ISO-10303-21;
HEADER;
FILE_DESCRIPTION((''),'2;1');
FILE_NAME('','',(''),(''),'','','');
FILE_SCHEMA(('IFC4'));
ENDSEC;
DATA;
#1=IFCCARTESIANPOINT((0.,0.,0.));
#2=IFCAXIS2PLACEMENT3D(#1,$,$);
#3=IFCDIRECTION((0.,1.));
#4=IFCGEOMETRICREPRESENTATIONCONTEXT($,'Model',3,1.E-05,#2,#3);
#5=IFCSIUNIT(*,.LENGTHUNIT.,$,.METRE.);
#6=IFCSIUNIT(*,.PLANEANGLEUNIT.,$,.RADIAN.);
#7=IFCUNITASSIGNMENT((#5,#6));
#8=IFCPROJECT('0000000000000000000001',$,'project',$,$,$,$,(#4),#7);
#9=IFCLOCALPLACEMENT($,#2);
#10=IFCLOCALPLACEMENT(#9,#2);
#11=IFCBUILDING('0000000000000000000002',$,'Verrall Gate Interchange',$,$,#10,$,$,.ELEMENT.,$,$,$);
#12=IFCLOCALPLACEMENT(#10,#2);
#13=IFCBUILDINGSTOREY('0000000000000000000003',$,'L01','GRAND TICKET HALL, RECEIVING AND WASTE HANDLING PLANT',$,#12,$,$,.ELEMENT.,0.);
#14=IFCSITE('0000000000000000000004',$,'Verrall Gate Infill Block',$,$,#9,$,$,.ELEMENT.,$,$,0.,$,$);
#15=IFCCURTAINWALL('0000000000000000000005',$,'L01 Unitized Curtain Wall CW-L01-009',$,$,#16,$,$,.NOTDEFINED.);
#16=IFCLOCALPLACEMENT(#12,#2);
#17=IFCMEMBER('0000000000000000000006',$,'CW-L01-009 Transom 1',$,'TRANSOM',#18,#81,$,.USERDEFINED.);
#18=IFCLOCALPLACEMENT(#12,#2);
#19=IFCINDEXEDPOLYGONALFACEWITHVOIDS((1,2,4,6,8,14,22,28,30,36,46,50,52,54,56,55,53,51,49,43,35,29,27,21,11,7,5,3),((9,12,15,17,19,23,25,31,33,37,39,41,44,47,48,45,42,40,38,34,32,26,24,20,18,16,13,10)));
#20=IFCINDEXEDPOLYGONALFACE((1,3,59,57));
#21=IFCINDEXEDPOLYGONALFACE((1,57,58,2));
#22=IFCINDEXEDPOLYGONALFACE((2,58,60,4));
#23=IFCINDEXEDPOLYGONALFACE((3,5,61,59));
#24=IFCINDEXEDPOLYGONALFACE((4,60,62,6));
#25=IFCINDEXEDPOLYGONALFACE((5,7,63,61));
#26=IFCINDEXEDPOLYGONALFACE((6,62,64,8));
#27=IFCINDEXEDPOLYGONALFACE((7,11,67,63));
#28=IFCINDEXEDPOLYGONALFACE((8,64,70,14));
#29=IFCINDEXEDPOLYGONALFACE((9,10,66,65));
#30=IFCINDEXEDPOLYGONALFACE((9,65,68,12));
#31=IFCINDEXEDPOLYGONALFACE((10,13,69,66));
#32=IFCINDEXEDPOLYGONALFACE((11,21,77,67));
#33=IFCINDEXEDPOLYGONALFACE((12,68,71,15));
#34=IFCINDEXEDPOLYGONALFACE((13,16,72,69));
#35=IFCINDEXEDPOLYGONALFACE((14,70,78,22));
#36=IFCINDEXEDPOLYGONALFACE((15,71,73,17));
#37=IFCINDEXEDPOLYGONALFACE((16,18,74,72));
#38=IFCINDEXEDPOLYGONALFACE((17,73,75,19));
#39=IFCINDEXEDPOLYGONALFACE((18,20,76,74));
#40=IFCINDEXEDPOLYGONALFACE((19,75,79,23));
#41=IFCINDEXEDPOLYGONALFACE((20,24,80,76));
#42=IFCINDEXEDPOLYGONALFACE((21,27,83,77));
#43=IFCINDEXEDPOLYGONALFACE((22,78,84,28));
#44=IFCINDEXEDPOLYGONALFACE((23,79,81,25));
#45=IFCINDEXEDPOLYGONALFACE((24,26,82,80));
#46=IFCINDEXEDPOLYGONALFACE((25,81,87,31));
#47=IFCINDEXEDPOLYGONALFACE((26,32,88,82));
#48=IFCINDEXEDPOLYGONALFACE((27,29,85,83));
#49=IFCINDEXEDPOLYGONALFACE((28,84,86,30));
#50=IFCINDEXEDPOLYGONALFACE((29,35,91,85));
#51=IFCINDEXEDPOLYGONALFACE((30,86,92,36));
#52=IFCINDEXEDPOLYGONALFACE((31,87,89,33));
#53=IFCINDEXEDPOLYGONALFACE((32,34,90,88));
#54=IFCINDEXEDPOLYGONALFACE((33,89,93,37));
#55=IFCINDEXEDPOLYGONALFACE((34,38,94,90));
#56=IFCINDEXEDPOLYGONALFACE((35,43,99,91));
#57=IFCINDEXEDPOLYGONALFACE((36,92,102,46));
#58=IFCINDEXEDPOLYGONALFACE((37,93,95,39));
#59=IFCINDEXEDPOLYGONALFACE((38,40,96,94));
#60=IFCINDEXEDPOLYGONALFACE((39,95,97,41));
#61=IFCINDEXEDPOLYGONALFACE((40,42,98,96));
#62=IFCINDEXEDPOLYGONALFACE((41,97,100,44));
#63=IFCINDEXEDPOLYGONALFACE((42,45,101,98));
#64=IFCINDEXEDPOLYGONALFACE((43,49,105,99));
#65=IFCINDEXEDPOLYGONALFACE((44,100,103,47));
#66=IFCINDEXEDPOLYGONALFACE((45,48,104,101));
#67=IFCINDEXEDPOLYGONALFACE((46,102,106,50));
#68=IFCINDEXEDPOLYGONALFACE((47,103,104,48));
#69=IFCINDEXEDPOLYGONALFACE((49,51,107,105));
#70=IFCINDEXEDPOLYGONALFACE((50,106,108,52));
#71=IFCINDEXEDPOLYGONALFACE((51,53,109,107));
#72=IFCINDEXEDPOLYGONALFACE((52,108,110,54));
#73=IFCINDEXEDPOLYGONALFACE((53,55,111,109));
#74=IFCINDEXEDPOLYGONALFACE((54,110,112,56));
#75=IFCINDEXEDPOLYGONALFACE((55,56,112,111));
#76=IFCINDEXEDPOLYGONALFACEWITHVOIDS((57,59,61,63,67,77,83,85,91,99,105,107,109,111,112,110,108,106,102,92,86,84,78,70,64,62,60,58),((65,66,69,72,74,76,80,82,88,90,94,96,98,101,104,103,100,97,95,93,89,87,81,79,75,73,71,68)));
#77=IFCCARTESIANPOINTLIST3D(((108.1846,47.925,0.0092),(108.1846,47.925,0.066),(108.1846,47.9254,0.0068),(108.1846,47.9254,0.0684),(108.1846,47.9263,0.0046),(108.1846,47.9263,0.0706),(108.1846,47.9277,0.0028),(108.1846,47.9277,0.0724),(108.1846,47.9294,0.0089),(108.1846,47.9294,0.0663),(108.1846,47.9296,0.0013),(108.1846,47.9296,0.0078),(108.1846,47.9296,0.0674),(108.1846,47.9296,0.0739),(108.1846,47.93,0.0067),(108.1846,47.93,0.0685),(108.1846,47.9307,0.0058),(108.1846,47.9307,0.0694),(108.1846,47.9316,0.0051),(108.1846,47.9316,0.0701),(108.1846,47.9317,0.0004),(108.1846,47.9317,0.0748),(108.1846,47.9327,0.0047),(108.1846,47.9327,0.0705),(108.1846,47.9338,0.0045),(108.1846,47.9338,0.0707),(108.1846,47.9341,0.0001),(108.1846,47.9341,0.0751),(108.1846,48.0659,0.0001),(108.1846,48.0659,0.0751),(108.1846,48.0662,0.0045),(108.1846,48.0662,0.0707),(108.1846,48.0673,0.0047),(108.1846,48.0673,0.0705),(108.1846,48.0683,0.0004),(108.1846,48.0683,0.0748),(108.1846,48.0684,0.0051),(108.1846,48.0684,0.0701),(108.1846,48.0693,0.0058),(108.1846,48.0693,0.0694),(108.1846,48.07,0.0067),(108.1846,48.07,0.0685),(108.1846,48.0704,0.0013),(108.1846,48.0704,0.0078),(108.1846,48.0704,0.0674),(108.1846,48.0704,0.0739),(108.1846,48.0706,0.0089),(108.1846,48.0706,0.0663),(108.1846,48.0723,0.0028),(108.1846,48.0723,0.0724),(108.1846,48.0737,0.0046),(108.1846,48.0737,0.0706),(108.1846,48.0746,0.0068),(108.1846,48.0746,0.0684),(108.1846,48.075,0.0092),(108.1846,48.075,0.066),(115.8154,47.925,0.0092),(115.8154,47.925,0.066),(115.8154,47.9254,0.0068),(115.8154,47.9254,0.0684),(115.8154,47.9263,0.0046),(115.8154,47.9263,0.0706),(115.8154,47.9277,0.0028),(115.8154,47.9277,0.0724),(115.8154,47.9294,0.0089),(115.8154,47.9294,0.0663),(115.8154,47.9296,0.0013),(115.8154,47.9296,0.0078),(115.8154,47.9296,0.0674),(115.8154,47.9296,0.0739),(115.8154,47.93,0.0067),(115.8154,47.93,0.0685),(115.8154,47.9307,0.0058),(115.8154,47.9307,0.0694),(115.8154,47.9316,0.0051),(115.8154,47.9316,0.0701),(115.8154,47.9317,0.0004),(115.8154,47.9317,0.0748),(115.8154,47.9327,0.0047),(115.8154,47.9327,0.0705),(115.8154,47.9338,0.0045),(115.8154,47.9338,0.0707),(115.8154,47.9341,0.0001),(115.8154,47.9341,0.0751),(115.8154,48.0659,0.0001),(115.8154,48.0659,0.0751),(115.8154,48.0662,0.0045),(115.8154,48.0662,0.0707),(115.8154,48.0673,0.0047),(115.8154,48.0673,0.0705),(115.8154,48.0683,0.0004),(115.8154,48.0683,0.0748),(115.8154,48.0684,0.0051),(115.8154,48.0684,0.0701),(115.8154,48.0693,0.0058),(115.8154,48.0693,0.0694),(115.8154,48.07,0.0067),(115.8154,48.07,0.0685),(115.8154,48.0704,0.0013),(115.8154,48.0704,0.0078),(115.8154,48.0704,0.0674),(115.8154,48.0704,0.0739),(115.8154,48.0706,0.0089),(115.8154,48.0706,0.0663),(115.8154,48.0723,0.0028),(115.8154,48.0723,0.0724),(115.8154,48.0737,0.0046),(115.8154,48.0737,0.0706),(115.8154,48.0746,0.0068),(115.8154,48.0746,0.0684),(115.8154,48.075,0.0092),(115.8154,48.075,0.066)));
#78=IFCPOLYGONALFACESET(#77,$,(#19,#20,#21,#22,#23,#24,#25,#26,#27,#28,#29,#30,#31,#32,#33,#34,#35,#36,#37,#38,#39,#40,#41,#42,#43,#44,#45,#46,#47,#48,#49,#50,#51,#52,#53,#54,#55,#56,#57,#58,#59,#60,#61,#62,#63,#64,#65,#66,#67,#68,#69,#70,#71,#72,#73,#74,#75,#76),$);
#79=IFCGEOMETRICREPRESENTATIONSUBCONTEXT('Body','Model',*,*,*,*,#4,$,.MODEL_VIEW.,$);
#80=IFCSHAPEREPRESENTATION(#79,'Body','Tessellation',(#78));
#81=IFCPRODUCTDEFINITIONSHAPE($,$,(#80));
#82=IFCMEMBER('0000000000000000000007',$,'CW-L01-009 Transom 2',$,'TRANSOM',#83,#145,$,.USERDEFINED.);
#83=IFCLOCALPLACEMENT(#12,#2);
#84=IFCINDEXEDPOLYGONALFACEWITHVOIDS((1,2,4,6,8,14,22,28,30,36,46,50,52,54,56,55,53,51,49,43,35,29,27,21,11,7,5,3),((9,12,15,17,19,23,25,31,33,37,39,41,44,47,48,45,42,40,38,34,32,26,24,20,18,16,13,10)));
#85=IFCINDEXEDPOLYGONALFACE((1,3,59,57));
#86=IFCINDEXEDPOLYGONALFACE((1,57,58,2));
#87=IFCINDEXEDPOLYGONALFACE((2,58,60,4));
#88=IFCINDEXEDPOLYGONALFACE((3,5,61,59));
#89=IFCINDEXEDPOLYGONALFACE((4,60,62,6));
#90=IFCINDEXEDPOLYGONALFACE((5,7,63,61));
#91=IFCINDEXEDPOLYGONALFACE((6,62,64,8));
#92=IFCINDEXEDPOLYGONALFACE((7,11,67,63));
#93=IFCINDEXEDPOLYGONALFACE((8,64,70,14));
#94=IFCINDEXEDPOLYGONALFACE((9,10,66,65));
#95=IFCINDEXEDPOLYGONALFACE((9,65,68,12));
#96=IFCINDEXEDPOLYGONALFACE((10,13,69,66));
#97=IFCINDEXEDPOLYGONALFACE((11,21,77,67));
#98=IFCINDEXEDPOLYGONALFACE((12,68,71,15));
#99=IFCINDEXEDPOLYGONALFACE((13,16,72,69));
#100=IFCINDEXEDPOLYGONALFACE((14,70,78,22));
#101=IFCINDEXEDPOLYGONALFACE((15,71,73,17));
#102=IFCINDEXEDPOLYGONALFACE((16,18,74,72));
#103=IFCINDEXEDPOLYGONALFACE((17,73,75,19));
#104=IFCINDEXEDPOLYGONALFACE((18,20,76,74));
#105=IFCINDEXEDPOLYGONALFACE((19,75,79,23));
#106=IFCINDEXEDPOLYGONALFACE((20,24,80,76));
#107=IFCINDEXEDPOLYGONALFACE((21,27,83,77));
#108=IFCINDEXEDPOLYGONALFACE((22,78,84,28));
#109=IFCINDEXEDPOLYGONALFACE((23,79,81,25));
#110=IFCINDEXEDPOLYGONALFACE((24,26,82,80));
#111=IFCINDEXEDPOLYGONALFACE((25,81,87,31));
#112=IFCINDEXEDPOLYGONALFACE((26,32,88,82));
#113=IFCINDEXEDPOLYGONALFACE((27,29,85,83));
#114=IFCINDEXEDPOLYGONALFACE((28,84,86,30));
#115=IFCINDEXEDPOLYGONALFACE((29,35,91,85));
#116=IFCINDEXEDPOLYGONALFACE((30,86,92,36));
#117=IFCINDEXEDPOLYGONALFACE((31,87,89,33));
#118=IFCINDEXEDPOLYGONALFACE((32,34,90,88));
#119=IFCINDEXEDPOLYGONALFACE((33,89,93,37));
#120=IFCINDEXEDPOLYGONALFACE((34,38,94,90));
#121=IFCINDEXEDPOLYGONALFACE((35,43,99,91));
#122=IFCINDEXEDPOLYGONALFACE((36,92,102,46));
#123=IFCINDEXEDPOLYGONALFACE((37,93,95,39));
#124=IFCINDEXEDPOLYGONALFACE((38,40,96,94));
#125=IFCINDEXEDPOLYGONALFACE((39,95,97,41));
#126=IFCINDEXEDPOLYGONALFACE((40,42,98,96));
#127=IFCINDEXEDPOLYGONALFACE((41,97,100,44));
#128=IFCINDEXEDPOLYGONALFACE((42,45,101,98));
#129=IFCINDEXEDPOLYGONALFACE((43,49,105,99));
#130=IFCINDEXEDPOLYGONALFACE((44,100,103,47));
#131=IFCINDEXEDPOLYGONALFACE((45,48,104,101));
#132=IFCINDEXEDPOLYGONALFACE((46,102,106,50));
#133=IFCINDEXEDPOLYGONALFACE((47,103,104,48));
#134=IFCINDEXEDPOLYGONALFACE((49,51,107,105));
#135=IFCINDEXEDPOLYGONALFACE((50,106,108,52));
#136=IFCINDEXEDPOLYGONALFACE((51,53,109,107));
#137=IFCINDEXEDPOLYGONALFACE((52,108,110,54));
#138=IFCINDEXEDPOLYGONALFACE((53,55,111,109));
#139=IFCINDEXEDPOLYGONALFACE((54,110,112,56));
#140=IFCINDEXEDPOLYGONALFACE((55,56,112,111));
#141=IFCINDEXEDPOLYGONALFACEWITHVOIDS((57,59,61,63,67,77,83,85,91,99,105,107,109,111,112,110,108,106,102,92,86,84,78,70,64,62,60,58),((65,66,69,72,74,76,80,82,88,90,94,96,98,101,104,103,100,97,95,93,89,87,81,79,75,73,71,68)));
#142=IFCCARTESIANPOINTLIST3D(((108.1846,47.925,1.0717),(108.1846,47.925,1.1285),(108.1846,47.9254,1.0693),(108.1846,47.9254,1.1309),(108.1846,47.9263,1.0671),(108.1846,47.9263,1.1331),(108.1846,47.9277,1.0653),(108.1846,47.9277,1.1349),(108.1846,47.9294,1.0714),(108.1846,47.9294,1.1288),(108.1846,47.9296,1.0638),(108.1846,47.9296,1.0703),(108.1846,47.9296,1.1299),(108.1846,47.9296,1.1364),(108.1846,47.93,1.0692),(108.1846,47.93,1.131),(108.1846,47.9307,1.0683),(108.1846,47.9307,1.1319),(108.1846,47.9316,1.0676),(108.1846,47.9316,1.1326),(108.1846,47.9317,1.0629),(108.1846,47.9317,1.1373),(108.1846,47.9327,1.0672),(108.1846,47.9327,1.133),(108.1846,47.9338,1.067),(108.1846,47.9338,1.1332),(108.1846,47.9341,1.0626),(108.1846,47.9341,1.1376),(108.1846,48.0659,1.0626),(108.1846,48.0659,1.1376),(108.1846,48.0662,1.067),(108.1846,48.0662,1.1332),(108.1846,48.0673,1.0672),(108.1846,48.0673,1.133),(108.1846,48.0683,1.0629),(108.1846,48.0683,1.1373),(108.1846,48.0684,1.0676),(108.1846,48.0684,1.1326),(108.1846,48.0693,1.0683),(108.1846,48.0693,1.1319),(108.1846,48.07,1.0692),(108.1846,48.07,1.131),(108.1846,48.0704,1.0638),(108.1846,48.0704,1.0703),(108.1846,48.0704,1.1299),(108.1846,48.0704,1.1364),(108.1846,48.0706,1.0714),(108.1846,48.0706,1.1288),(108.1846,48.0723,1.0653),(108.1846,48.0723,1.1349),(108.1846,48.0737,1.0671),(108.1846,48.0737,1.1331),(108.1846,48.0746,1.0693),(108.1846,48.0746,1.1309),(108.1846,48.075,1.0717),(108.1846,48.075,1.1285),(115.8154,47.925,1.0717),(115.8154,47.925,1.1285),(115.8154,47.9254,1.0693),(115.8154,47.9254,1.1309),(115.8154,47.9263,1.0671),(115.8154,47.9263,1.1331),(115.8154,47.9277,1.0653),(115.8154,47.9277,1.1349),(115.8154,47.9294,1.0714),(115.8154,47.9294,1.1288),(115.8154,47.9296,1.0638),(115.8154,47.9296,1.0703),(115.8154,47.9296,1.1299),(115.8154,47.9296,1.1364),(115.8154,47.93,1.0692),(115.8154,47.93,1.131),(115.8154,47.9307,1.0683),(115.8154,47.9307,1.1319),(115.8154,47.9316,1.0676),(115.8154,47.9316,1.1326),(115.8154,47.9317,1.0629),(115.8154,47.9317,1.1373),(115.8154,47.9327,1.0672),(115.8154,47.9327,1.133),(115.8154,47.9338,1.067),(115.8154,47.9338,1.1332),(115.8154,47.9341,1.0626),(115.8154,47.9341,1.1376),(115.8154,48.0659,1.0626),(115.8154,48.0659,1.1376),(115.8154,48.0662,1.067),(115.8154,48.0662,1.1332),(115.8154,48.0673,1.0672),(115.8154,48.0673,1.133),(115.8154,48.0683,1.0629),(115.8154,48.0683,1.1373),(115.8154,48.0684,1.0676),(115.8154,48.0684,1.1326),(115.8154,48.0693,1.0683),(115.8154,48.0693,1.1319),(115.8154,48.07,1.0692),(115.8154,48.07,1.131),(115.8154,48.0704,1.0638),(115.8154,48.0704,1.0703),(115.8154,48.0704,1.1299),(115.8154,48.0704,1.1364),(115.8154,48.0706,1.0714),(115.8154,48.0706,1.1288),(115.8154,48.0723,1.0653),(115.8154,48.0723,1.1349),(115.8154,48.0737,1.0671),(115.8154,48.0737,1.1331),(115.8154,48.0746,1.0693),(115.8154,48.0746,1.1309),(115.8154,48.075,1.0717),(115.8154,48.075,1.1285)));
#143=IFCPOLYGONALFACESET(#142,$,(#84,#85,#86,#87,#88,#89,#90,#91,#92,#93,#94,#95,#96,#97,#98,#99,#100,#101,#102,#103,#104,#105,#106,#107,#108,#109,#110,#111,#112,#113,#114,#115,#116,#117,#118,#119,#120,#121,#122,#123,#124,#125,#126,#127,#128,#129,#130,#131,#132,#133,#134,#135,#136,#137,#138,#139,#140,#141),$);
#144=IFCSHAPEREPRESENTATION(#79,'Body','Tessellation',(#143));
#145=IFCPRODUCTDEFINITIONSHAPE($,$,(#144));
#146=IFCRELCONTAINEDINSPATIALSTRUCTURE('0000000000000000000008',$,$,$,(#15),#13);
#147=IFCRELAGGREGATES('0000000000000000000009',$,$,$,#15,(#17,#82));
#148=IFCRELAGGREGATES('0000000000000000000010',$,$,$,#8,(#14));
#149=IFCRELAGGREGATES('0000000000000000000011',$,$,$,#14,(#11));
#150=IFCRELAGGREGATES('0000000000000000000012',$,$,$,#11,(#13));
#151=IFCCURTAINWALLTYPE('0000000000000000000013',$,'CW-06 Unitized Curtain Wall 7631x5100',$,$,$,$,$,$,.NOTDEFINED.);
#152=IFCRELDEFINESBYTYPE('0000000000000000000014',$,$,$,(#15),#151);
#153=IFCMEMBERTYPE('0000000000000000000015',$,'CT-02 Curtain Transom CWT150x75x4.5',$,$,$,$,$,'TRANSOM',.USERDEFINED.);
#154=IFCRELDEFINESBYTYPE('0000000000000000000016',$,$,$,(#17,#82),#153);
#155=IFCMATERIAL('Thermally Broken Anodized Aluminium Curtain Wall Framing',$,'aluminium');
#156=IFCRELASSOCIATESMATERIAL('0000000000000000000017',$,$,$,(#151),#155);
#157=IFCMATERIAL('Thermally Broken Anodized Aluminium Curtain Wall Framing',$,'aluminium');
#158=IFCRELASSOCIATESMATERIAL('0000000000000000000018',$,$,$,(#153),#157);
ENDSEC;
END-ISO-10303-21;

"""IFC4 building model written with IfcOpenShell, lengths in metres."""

from ifc_helpers import new_model, si_unit, direction, frame, origin, origin_2d, place, context, subcontext, project, spatial, hollow_rectangle, extrude, material, material_profile, profile_set, type_object, element, aggregate, save


model = new_model("IFC4")

# Units and contexts
model_context = context("Model", 3, precision=1e-05, world=origin(), true_north=direction((0.0, 1.0)))
body_context = subcontext(model_context, "Body", "Model", "MODEL_VIEW")
ifc_project = project(units=[si_unit("LENGTHUNIT", "METRE"), si_unit("PLANEANGLEUNIT", "RADIAN")], contexts=[model_context])

# Site, building, storey
site_placement = place(None, origin())
site = spatial("IfcSite", under=ifc_project, at=site_placement, Name="Verrall Gate Infill Block", CompositionType="ELEMENT", RefElevation=0.0)
building_placement = place(site_placement, origin())
building = spatial("IfcBuilding", under=site, at=building_placement, Name="Verrall Gate Interchange", CompositionType="ELEMENT")
storey_placement = place(building_placement, origin())
storey = spatial("IfcBuildingStorey", under=building, at=storey_placement, Name="L01", Description="GRAND TICKET HALL, RECEIVING AND WASTE HANDLING PLANT", CompositionType="ELEMENT", Elevation=0.0)

# Curtain wall, members
ifc_material_1 = material(Name="Thermally Broken Anodized Aluminium Curtain Wall Framing", Category="aluminium")
curtain_wall_type_1 = type_object("IfcCurtainWallType", Name="CW-06 Unitized Curtain Wall 7631x5100", PredefinedType="NOTDEFINED", material=ifc_material_1)
curtain_wall_1_placement = place(storey_placement, origin())
curtain_wall_1 = element("IfcCurtainWall", 1, at=curtain_wall_1_placement, inside=storey, type_object=curtain_wall_type_1, Name="L01 Unitized Curtain Wall CW-L01-009", PredefinedType="NOTDEFINED")
ifc_material_2 = material(Name="Thermally Broken Anodized Aluminium Curtain Wall Framing", Category="aluminium")
ifc_material_profile_1 = material_profile(ifc_material_2, hollow_rectangle(XDim=0.1499, YDim=0.075, WallThickness=0.0044, InnerFilletRadius=0.0044, OuterFilletRadius=0.009, at=origin_2d()), Name="CWT150x75x4.5")
ifc_profile_set_1 = profile_set([ifc_material_profile_1], Name="Thermally Broken Anodized Aluminium Curtain Wall Framing")
member_type_1 = type_object("IfcMemberType", Name="CT-02 Curtain Transom CWT150x75x4.5", ElementType="TRANSOM", PredefinedType="USERDEFINED", material=ifc_profile_set_1)
member_1_placement = place(storey_placement, frame((108.1846, 48.0, 0.0376), z_axis=(1.0, 0.0, 0.0), x_axis=(0.0, 1.0, 0.0)))
member_1 = element("IfcMember", 2, at=member_1_placement, type_object=member_type_1, Name="CW-L01-009 Transom 1", ObjectType="TRANSOM", PredefinedType="USERDEFINED", context=body_context, shape_type="SweptSolid", body=[
    extrude(hollow_rectangle(XDim=0.1499, YDim=0.075, WallThickness=0.0044, InnerFilletRadius=0.0044, OuterFilletRadius=0.009, at=origin_2d()), origin(), (0.0, 0.0, 1.0), 7.6309),
])
member_2_placement = place(storey_placement, frame((108.1846, 48.0, 1.1001), z_axis=(1.0, 0.0, 0.0), x_axis=(0.0, 1.0, 0.0)))
member_2 = element("IfcMember", 3, at=member_2_placement, type_object=member_type_1, Name="CW-L01-009 Transom 2", ObjectType="TRANSOM", PredefinedType="USERDEFINED", context=body_context, shape_type="SweptSolid", body=[
    extrude(hollow_rectangle(XDim=0.1499, YDim=0.075, WallThickness=0.0044, InnerFilletRadius=0.0044, OuterFilletRadius=0.009, at=origin_2d()), origin(), (0.0, 0.0, 1.0), 7.6309),
])

aggregate(curtain_wall_1, [member_1, member_2])

save(model, "model.ifc")
